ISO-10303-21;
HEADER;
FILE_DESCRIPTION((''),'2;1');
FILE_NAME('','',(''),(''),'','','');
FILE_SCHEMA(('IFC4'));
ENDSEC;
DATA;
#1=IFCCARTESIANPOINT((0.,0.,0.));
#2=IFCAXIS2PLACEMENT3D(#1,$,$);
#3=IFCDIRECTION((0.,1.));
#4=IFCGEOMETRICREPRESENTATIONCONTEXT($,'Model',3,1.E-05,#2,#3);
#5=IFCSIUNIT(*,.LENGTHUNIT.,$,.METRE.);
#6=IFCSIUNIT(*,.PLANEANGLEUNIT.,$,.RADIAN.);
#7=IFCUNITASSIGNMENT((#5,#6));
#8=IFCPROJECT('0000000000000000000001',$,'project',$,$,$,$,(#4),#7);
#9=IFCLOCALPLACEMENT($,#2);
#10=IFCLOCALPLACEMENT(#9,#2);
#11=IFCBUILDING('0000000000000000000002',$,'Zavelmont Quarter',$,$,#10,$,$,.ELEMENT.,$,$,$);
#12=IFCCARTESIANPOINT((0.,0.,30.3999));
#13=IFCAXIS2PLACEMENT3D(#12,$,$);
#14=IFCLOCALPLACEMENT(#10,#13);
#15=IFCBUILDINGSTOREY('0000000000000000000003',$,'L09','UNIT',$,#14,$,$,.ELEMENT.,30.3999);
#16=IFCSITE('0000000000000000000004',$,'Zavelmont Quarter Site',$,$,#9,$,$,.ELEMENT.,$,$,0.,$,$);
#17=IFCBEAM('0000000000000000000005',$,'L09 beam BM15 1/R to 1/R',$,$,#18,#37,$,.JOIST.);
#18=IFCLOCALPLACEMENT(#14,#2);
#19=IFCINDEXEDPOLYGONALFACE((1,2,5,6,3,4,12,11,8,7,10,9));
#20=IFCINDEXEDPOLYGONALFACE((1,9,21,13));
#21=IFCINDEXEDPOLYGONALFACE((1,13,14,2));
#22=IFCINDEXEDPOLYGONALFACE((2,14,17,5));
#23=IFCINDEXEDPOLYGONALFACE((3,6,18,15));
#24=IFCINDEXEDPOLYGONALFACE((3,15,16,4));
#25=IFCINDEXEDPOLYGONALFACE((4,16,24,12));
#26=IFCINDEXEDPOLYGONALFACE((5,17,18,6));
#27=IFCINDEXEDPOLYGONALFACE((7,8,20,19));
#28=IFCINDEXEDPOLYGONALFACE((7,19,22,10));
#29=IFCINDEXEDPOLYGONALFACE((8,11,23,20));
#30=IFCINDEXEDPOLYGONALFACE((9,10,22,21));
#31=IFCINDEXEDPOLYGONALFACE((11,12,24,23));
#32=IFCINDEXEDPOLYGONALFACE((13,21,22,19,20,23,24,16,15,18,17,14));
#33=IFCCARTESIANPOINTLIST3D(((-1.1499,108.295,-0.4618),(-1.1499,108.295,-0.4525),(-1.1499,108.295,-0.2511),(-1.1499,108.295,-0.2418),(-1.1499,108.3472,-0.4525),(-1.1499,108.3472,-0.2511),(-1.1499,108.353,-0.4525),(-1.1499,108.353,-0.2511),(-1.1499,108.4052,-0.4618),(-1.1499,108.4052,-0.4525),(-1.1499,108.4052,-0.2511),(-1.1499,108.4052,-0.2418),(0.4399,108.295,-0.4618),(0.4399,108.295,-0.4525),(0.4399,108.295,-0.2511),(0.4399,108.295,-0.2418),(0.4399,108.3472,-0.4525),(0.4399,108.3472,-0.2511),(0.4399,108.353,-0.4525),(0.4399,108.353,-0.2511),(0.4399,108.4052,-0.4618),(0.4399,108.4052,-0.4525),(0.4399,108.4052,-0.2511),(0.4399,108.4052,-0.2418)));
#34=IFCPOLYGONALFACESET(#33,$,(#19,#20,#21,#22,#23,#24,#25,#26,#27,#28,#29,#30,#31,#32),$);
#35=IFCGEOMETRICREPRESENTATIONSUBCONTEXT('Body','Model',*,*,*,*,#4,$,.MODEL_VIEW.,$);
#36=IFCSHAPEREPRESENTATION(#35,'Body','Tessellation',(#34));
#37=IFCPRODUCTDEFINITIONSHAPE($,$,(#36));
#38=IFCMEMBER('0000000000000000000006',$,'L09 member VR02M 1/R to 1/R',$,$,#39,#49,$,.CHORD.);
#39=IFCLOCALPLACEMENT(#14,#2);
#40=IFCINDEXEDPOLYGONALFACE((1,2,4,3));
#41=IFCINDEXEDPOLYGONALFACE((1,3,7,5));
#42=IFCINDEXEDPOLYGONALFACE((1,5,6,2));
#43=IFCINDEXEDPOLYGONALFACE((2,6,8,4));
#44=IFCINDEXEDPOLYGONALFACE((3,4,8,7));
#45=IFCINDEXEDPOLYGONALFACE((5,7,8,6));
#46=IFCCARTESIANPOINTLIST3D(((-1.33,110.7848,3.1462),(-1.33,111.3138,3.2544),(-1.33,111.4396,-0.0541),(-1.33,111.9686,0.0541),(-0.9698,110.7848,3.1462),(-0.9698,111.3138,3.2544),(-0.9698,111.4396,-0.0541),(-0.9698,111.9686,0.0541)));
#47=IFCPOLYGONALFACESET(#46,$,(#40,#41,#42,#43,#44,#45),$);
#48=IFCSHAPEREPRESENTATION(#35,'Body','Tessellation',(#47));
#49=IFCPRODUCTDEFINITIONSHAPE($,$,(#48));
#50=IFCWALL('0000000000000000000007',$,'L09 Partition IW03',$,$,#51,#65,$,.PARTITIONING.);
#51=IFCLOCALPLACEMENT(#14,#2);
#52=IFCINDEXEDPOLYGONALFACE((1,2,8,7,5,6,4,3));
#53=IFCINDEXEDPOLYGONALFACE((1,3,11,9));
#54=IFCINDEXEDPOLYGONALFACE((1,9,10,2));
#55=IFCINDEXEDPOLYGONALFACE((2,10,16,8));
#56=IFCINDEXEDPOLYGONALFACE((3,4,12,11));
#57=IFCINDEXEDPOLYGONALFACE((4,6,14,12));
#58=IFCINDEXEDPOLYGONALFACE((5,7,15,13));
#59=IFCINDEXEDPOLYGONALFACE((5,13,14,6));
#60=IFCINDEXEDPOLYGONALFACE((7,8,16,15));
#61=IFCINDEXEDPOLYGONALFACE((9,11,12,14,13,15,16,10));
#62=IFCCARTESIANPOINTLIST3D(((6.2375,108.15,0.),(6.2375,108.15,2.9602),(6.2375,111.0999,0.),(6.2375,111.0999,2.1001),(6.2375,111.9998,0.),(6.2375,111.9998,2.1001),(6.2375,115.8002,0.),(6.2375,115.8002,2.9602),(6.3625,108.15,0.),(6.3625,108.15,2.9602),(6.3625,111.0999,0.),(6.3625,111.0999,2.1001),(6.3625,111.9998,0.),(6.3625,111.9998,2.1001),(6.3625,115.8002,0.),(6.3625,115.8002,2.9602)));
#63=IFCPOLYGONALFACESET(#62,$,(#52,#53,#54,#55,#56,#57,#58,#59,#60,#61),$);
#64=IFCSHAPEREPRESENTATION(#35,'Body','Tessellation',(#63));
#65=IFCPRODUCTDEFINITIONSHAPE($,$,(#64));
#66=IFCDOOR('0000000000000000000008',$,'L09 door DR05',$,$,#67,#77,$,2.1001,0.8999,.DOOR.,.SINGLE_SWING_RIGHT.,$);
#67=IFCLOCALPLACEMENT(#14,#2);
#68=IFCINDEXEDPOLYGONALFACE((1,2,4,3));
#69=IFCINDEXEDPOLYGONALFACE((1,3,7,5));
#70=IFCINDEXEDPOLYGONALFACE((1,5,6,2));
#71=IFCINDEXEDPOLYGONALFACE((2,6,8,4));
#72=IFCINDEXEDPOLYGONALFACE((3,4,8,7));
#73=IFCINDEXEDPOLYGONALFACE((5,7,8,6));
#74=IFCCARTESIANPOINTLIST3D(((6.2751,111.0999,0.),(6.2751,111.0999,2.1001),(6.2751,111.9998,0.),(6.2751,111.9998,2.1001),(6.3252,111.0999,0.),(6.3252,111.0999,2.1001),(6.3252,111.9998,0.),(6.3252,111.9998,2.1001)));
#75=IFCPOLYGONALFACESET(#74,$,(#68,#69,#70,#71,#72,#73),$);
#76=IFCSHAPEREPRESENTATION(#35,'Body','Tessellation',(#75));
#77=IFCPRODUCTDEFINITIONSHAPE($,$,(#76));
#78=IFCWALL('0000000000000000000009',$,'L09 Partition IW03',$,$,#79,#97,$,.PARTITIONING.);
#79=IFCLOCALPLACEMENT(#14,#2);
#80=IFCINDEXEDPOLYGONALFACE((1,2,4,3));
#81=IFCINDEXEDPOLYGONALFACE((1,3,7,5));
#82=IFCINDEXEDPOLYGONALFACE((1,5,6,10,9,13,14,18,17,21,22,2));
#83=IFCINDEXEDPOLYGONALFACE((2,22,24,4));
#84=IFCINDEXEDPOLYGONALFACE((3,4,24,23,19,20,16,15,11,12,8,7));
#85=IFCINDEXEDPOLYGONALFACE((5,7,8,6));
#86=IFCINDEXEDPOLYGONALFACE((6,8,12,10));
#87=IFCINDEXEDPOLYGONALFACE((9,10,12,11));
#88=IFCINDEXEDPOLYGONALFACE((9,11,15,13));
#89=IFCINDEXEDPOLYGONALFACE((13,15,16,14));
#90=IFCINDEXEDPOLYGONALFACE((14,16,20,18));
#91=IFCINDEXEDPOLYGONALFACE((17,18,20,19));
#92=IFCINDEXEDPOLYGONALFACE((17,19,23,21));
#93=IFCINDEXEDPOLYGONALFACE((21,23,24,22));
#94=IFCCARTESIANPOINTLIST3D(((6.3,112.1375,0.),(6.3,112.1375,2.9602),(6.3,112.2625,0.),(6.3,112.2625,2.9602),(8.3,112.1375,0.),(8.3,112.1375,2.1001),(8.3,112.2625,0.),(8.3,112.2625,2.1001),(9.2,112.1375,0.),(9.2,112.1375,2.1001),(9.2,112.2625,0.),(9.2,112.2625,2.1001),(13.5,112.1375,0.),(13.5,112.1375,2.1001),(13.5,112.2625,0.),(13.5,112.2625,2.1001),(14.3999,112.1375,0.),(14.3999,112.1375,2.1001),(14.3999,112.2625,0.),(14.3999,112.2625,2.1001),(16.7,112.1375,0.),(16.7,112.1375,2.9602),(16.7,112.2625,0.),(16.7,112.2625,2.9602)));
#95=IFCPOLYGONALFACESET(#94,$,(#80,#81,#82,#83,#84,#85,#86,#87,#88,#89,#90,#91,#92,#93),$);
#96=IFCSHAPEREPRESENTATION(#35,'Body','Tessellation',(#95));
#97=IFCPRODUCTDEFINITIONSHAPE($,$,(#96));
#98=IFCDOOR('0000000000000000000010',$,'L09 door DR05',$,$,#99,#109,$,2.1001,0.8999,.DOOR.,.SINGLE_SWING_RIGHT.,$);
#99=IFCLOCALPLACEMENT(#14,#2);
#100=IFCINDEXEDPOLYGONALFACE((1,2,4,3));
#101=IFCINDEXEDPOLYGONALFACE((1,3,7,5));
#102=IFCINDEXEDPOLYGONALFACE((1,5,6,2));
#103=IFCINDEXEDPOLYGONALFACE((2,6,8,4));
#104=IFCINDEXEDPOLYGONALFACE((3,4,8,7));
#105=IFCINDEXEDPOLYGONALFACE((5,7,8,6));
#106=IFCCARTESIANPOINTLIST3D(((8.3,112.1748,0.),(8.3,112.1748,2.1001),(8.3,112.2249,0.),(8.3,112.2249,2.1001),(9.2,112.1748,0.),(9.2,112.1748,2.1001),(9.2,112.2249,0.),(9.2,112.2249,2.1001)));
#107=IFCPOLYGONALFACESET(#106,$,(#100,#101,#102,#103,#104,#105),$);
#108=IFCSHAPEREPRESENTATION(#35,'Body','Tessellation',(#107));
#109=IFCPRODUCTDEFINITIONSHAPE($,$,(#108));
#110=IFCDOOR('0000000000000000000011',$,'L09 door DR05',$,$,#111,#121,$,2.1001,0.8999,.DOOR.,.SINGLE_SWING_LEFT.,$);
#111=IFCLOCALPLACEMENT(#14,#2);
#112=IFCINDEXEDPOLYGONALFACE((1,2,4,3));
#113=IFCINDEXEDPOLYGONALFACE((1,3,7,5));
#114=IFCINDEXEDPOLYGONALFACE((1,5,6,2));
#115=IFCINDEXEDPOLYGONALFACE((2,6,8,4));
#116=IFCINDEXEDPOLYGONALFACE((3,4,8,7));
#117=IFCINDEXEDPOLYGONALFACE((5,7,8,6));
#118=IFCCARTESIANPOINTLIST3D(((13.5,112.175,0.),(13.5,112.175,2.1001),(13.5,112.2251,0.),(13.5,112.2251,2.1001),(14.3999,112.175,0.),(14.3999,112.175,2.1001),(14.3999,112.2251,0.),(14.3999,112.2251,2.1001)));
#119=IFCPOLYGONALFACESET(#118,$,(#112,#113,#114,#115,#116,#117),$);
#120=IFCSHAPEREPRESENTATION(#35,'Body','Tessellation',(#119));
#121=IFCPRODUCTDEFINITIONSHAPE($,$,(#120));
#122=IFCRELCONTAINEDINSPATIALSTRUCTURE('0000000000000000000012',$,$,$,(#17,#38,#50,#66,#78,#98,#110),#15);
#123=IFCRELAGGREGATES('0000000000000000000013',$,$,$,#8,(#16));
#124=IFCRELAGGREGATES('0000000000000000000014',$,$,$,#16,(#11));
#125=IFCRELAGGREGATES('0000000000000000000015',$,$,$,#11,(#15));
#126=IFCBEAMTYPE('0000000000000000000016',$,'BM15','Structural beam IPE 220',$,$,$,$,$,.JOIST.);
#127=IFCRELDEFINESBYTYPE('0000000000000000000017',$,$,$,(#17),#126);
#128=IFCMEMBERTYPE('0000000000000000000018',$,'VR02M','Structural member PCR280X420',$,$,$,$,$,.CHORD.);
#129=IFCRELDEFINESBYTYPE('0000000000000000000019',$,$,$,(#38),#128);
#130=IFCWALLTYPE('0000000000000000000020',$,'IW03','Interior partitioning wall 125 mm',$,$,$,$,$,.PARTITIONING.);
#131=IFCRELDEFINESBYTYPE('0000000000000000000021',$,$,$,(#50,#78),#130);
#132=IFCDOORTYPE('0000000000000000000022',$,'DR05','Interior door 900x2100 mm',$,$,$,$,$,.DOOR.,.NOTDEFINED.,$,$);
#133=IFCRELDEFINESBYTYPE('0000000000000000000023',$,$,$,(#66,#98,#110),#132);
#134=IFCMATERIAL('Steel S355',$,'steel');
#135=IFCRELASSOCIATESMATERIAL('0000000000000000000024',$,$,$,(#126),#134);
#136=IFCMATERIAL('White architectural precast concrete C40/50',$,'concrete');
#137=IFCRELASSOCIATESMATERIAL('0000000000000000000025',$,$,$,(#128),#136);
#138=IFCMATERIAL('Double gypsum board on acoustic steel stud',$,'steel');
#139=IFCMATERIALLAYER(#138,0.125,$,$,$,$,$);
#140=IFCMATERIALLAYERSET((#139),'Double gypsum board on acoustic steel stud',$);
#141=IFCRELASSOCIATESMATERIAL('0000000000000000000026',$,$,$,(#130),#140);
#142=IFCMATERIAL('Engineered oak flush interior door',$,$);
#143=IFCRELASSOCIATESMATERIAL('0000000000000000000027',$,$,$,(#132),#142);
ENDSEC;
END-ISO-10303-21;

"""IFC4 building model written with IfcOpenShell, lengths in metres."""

from ifc_helpers import new_model, si_unit, direction, frame, frame_2d, origin, origin_with_axes, origin_2d, place, context, subcontext, project, spatial, rectangle, i_section, extrude, material, layer, layer_set, material_profile, profile_set, type_object, element, fill, save


model = new_model("IFC4")

# Units and contexts
model_context = context("Model", 3, precision=1e-05, world=origin(), true_north=direction((0.0, 1.0)))
body_context = subcontext(model_context, "Body", "Model", "MODEL_VIEW")
ifc_project = project(units=[si_unit("LENGTHUNIT", "METRE"), si_unit("PLANEANGLEUNIT", "RADIAN")], contexts=[model_context])

# Site, building, storey
site_placement = place(None, origin())
site = spatial("IfcSite", under=ifc_project, at=site_placement, Name="Zavelmont Quarter Site", CompositionType="ELEMENT", RefElevation=0.0)
building_placement = place(site_placement, origin())
building = spatial("IfcBuilding", under=site, at=building_placement, Name="Zavelmont Quarter", CompositionType="ELEMENT")
storey_placement = place(building_placement, frame((0.0, 0.0, 30.3999)))
storey = spatial("IfcBuildingStorey", under=building, at=storey_placement, Name="L09", Description="UNIT", CompositionType="ELEMENT", Elevation=30.3999)

# Beam
ifc_material_1 = material(Name="Steel S355", Category="steel")
ifc_material_profile_1 = material_profile(ifc_material_1, i_section(OverallWidth=0.1101, OverallDepth=0.22, WebThickness=0.0059, FlangeThickness=0.0093, at=origin_2d()), Name="IPE 220")
ifc_profile_set_1 = profile_set([ifc_material_profile_1], Name="Steel S355")
beam_type = type_object("IfcBeamType", Name="BM15", Description="Structural beam IPE 220", PredefinedType="JOIST", material=ifc_profile_set_1)
beam_placement = place(storey_placement, frame((0.4399, 108.3501, -0.3518), z_axis=(-1.0, 0.0, 0.0), x_axis=(0.0, -1.0, 0.0)))
element("IfcBeam", 1, at=beam_placement, inside=storey, type_object=beam_type, Name="L09 beam BM15 1/R to 1/R", PredefinedType="JOIST", context=body_context, shape_type="SweptSolid", body=[
    extrude(i_section(OverallWidth=0.1101, OverallDepth=0.22, WebThickness=0.0059, FlangeThickness=0.0093, at=origin_2d()), origin(), (0.0, 0.0, 1.0), 1.5898),
])

# Member
ifc_material_2 = material(Name="White architectural precast concrete C40/50", Category="concrete")
ifc_material_profile_2 = material_profile(ifc_material_2, rectangle(XDim=0.3601, YDim=0.54, at=origin_2d()), Name="PCR280X420")
ifc_profile_set_2 = profile_set([ifc_material_profile_2], Name="White architectural precast concrete C40/50")
member_type = type_object("IfcMemberType", Name="VR02M", Description="Structural member PCR280X420", PredefinedType="CHORD", material=ifc_profile_set_2)
member_placement = place(storey_placement, frame((-1.1499, 111.7041, 0.0), z_axis=(0.0, -0.200455, 0.979703), x_axis=(1.0, 0.0, 0.0)))
element("IfcMember", 2, at=member_placement, inside=storey, type_object=member_type, Name="L09 member VR02M 1/R to 1/R", PredefinedType="CHORD", context=body_context, shape_type="SweptSolid", body=[
    extrude(rectangle(XDim=0.3601, YDim=0.54, at=origin_2d()), origin(), (0.0, 0.0, 1.0), 3.2666),
])

# Wall, opening, door
ifc_material_3 = material(Name="Double gypsum board on acoustic steel stud", Category="steel")
ifc_layer_1 = layer(ifc_material_3, 0.125)
ifc_layer_set_1 = layer_set([ifc_layer_1], Name="Double gypsum board on acoustic steel stud")
wall_type_1 = type_object("IfcWallType", Name="IW03", Description="Interior partitioning wall 125 mm", PredefinedType="PARTITIONING", material=ifc_layer_set_1)
wall_1_placement = place(storey_placement, frame((6.3, 108.1499, 0.0), z_axis=(0.0, 0.0, 1.0), x_axis=(0.0, 1.0, 0.0)))
wall_1 = element("IfcWall", 3, at=wall_1_placement, inside=storey, type_object=wall_type_1, Name="L09 Partition IW03", PredefinedType="PARTITIONING", context=body_context, shape_type="SweptSolid", body=[
    extrude(rectangle(XDim=7.6501, YDim=0.125, at=frame_2d((3.8252, 0.0))), origin(), (0.0, 0.0, 1.0), 2.9602),
])
opening_1_placement = place(wall_1_placement, frame((2.95, 0.0, 0.0)))
opening_1 = element("IfcOpeningElement", 4, at=opening_1_placement, cuts=wall_1, PredefinedType="OPENING", context=body_context, shape_type="SweptSolid", body=[
    extrude(rectangle(XDim=0.8999, YDim=2.1001, at=frame_2d((0.45, 1.05))), frame((0.0, 0.0745, 0.0), z_axis=(0.0, -1.0, 0.0), x_axis=(1.0, 0.0, 0.0)), (0.0, 0.0, 1.0), 0.1489),
])
ifc_material_4 = material(Name="Engineered oak flush interior door")
door_type_1 = type_object("IfcDoorType", Name="DR05", Description="Interior door 900x2100 mm", OperationType="NOTDEFINED", PredefinedType="DOOR", material=ifc_material_4)
door_1_placement = place(opening_1_placement, origin_with_axes())
door_1 = element("IfcDoor", 5, at=door_1_placement, inside=storey, type_object=door_type_1, Name="L09 door DR05", OperationType="SINGLE_SWING_RIGHT", OverallHeight=2.1001, OverallWidth=0.8999, PredefinedType="DOOR", context=body_context, shape_type="SweptSolid", body=[
    extrude(rectangle(XDim=0.8999, YDim=2.1001, at=frame_2d((0.45, 1.05))), frame((0.0, 0.0249, 0.0), z_axis=(0.0, -1.0, 0.0), x_axis=(1.0, 0.0, 0.0)), (0.0, 0.0, 1.0), 0.05),
])
fill(opening_1, door_1)

# Wall, openings, doors
wall_2_placement = place(storey_placement, frame((6.3, 112.2, 0.0), z_axis=(0.0, 0.0, 1.0), x_axis=(1.0, 0.0, 0.0)))
wall_2 = element("IfcWall", 6, at=wall_2_placement, inside=storey, type_object=wall_type_1, Name="L09 Partition IW03", PredefinedType="PARTITIONING", context=body_context, shape_type="SweptSolid", body=[
    extrude(rectangle(XDim=10.3999, YDim=0.125, at=frame_2d((5.2, 0.0))), origin(), (0.0, 0.0, 1.0), 2.9602),
])
opening_2_placement = place(wall_2_placement, frame((2.0, 0.0, 0.0)))
opening_2 = element("IfcOpeningElement", 7, at=opening_2_placement, cuts=wall_2, PredefinedType="OPENING", context=body_context, shape_type="SweptSolid", body=[
    extrude(rectangle(XDim=0.8999, YDim=2.1001, at=frame_2d((0.45, 1.05))), frame((0.0, 0.0745, 0.0), z_axis=(0.0, -1.0, 0.0), x_axis=(1.0, 0.0, 0.0)), (0.0, 0.0, 1.0), 0.1489),
])
opening_3_placement = place(wall_2_placement, frame((7.2, 0.0, 0.0)))
opening_3 = element("IfcOpeningElement", 8, at=opening_3_placement, cuts=wall_2, PredefinedType="OPENING", context=body_context, shape_type="SweptSolid", body=[
    extrude(rectangle(XDim=0.8999, YDim=2.1001, at=frame_2d((0.45, 1.05))), frame((0.0, 0.0745, 0.0), z_axis=(0.0, -1.0, 0.0), x_axis=(1.0, 0.0, 0.0)), (0.0, 0.0, 1.0), 0.1489),
])
door_2_placement = place(opening_2_placement, origin_with_axes())
door_2 = element("IfcDoor", 9, at=door_2_placement, inside=storey, type_object=door_type_1, Name="L09 door DR05", OperationType="SINGLE_SWING_RIGHT", OverallHeight=2.1001, OverallWidth=0.8999, PredefinedType="DOOR", context=body_context, shape_type="SweptSolid", body=[
    extrude(rectangle(XDim=0.8999, YDim=2.1001, at=frame_2d((0.45, 1.05))), frame((0.0, 0.0249, 0.0), z_axis=(0.0, -1.0, 0.0), x_axis=(1.0, 0.0, 0.0)), (0.0, 0.0, 1.0), 0.05),
])
fill(opening_2, door_2)
door_3_placement = place(opening_3_placement, frame((0.8999, 0.0, 0.0), z_axis=(0.0, 0.0, 1.0), x_axis=(-1.0, 0.0, 0.0)))
door_3 = element("IfcDoor", 10, at=door_3_placement, inside=storey, type_object=door_type_1, Name="L09 door DR05", OperationType="SINGLE_SWING_LEFT", OverallHeight=2.1001, OverallWidth=0.8999, PredefinedType="DOOR", context=body_context, shape_type="SweptSolid", body=[
    extrude(rectangle(XDim=0.8999, YDim=2.1001, at=frame_2d((0.45, 1.05))), frame((0.0, 0.0249, 0.0), z_axis=(0.0, -1.0, 0.0), x_axis=(1.0, 0.0, 0.0)), (0.0, 0.0, 1.0), 0.05),
])
fill(opening_3, door_3)

save(model, "model.ifc")
